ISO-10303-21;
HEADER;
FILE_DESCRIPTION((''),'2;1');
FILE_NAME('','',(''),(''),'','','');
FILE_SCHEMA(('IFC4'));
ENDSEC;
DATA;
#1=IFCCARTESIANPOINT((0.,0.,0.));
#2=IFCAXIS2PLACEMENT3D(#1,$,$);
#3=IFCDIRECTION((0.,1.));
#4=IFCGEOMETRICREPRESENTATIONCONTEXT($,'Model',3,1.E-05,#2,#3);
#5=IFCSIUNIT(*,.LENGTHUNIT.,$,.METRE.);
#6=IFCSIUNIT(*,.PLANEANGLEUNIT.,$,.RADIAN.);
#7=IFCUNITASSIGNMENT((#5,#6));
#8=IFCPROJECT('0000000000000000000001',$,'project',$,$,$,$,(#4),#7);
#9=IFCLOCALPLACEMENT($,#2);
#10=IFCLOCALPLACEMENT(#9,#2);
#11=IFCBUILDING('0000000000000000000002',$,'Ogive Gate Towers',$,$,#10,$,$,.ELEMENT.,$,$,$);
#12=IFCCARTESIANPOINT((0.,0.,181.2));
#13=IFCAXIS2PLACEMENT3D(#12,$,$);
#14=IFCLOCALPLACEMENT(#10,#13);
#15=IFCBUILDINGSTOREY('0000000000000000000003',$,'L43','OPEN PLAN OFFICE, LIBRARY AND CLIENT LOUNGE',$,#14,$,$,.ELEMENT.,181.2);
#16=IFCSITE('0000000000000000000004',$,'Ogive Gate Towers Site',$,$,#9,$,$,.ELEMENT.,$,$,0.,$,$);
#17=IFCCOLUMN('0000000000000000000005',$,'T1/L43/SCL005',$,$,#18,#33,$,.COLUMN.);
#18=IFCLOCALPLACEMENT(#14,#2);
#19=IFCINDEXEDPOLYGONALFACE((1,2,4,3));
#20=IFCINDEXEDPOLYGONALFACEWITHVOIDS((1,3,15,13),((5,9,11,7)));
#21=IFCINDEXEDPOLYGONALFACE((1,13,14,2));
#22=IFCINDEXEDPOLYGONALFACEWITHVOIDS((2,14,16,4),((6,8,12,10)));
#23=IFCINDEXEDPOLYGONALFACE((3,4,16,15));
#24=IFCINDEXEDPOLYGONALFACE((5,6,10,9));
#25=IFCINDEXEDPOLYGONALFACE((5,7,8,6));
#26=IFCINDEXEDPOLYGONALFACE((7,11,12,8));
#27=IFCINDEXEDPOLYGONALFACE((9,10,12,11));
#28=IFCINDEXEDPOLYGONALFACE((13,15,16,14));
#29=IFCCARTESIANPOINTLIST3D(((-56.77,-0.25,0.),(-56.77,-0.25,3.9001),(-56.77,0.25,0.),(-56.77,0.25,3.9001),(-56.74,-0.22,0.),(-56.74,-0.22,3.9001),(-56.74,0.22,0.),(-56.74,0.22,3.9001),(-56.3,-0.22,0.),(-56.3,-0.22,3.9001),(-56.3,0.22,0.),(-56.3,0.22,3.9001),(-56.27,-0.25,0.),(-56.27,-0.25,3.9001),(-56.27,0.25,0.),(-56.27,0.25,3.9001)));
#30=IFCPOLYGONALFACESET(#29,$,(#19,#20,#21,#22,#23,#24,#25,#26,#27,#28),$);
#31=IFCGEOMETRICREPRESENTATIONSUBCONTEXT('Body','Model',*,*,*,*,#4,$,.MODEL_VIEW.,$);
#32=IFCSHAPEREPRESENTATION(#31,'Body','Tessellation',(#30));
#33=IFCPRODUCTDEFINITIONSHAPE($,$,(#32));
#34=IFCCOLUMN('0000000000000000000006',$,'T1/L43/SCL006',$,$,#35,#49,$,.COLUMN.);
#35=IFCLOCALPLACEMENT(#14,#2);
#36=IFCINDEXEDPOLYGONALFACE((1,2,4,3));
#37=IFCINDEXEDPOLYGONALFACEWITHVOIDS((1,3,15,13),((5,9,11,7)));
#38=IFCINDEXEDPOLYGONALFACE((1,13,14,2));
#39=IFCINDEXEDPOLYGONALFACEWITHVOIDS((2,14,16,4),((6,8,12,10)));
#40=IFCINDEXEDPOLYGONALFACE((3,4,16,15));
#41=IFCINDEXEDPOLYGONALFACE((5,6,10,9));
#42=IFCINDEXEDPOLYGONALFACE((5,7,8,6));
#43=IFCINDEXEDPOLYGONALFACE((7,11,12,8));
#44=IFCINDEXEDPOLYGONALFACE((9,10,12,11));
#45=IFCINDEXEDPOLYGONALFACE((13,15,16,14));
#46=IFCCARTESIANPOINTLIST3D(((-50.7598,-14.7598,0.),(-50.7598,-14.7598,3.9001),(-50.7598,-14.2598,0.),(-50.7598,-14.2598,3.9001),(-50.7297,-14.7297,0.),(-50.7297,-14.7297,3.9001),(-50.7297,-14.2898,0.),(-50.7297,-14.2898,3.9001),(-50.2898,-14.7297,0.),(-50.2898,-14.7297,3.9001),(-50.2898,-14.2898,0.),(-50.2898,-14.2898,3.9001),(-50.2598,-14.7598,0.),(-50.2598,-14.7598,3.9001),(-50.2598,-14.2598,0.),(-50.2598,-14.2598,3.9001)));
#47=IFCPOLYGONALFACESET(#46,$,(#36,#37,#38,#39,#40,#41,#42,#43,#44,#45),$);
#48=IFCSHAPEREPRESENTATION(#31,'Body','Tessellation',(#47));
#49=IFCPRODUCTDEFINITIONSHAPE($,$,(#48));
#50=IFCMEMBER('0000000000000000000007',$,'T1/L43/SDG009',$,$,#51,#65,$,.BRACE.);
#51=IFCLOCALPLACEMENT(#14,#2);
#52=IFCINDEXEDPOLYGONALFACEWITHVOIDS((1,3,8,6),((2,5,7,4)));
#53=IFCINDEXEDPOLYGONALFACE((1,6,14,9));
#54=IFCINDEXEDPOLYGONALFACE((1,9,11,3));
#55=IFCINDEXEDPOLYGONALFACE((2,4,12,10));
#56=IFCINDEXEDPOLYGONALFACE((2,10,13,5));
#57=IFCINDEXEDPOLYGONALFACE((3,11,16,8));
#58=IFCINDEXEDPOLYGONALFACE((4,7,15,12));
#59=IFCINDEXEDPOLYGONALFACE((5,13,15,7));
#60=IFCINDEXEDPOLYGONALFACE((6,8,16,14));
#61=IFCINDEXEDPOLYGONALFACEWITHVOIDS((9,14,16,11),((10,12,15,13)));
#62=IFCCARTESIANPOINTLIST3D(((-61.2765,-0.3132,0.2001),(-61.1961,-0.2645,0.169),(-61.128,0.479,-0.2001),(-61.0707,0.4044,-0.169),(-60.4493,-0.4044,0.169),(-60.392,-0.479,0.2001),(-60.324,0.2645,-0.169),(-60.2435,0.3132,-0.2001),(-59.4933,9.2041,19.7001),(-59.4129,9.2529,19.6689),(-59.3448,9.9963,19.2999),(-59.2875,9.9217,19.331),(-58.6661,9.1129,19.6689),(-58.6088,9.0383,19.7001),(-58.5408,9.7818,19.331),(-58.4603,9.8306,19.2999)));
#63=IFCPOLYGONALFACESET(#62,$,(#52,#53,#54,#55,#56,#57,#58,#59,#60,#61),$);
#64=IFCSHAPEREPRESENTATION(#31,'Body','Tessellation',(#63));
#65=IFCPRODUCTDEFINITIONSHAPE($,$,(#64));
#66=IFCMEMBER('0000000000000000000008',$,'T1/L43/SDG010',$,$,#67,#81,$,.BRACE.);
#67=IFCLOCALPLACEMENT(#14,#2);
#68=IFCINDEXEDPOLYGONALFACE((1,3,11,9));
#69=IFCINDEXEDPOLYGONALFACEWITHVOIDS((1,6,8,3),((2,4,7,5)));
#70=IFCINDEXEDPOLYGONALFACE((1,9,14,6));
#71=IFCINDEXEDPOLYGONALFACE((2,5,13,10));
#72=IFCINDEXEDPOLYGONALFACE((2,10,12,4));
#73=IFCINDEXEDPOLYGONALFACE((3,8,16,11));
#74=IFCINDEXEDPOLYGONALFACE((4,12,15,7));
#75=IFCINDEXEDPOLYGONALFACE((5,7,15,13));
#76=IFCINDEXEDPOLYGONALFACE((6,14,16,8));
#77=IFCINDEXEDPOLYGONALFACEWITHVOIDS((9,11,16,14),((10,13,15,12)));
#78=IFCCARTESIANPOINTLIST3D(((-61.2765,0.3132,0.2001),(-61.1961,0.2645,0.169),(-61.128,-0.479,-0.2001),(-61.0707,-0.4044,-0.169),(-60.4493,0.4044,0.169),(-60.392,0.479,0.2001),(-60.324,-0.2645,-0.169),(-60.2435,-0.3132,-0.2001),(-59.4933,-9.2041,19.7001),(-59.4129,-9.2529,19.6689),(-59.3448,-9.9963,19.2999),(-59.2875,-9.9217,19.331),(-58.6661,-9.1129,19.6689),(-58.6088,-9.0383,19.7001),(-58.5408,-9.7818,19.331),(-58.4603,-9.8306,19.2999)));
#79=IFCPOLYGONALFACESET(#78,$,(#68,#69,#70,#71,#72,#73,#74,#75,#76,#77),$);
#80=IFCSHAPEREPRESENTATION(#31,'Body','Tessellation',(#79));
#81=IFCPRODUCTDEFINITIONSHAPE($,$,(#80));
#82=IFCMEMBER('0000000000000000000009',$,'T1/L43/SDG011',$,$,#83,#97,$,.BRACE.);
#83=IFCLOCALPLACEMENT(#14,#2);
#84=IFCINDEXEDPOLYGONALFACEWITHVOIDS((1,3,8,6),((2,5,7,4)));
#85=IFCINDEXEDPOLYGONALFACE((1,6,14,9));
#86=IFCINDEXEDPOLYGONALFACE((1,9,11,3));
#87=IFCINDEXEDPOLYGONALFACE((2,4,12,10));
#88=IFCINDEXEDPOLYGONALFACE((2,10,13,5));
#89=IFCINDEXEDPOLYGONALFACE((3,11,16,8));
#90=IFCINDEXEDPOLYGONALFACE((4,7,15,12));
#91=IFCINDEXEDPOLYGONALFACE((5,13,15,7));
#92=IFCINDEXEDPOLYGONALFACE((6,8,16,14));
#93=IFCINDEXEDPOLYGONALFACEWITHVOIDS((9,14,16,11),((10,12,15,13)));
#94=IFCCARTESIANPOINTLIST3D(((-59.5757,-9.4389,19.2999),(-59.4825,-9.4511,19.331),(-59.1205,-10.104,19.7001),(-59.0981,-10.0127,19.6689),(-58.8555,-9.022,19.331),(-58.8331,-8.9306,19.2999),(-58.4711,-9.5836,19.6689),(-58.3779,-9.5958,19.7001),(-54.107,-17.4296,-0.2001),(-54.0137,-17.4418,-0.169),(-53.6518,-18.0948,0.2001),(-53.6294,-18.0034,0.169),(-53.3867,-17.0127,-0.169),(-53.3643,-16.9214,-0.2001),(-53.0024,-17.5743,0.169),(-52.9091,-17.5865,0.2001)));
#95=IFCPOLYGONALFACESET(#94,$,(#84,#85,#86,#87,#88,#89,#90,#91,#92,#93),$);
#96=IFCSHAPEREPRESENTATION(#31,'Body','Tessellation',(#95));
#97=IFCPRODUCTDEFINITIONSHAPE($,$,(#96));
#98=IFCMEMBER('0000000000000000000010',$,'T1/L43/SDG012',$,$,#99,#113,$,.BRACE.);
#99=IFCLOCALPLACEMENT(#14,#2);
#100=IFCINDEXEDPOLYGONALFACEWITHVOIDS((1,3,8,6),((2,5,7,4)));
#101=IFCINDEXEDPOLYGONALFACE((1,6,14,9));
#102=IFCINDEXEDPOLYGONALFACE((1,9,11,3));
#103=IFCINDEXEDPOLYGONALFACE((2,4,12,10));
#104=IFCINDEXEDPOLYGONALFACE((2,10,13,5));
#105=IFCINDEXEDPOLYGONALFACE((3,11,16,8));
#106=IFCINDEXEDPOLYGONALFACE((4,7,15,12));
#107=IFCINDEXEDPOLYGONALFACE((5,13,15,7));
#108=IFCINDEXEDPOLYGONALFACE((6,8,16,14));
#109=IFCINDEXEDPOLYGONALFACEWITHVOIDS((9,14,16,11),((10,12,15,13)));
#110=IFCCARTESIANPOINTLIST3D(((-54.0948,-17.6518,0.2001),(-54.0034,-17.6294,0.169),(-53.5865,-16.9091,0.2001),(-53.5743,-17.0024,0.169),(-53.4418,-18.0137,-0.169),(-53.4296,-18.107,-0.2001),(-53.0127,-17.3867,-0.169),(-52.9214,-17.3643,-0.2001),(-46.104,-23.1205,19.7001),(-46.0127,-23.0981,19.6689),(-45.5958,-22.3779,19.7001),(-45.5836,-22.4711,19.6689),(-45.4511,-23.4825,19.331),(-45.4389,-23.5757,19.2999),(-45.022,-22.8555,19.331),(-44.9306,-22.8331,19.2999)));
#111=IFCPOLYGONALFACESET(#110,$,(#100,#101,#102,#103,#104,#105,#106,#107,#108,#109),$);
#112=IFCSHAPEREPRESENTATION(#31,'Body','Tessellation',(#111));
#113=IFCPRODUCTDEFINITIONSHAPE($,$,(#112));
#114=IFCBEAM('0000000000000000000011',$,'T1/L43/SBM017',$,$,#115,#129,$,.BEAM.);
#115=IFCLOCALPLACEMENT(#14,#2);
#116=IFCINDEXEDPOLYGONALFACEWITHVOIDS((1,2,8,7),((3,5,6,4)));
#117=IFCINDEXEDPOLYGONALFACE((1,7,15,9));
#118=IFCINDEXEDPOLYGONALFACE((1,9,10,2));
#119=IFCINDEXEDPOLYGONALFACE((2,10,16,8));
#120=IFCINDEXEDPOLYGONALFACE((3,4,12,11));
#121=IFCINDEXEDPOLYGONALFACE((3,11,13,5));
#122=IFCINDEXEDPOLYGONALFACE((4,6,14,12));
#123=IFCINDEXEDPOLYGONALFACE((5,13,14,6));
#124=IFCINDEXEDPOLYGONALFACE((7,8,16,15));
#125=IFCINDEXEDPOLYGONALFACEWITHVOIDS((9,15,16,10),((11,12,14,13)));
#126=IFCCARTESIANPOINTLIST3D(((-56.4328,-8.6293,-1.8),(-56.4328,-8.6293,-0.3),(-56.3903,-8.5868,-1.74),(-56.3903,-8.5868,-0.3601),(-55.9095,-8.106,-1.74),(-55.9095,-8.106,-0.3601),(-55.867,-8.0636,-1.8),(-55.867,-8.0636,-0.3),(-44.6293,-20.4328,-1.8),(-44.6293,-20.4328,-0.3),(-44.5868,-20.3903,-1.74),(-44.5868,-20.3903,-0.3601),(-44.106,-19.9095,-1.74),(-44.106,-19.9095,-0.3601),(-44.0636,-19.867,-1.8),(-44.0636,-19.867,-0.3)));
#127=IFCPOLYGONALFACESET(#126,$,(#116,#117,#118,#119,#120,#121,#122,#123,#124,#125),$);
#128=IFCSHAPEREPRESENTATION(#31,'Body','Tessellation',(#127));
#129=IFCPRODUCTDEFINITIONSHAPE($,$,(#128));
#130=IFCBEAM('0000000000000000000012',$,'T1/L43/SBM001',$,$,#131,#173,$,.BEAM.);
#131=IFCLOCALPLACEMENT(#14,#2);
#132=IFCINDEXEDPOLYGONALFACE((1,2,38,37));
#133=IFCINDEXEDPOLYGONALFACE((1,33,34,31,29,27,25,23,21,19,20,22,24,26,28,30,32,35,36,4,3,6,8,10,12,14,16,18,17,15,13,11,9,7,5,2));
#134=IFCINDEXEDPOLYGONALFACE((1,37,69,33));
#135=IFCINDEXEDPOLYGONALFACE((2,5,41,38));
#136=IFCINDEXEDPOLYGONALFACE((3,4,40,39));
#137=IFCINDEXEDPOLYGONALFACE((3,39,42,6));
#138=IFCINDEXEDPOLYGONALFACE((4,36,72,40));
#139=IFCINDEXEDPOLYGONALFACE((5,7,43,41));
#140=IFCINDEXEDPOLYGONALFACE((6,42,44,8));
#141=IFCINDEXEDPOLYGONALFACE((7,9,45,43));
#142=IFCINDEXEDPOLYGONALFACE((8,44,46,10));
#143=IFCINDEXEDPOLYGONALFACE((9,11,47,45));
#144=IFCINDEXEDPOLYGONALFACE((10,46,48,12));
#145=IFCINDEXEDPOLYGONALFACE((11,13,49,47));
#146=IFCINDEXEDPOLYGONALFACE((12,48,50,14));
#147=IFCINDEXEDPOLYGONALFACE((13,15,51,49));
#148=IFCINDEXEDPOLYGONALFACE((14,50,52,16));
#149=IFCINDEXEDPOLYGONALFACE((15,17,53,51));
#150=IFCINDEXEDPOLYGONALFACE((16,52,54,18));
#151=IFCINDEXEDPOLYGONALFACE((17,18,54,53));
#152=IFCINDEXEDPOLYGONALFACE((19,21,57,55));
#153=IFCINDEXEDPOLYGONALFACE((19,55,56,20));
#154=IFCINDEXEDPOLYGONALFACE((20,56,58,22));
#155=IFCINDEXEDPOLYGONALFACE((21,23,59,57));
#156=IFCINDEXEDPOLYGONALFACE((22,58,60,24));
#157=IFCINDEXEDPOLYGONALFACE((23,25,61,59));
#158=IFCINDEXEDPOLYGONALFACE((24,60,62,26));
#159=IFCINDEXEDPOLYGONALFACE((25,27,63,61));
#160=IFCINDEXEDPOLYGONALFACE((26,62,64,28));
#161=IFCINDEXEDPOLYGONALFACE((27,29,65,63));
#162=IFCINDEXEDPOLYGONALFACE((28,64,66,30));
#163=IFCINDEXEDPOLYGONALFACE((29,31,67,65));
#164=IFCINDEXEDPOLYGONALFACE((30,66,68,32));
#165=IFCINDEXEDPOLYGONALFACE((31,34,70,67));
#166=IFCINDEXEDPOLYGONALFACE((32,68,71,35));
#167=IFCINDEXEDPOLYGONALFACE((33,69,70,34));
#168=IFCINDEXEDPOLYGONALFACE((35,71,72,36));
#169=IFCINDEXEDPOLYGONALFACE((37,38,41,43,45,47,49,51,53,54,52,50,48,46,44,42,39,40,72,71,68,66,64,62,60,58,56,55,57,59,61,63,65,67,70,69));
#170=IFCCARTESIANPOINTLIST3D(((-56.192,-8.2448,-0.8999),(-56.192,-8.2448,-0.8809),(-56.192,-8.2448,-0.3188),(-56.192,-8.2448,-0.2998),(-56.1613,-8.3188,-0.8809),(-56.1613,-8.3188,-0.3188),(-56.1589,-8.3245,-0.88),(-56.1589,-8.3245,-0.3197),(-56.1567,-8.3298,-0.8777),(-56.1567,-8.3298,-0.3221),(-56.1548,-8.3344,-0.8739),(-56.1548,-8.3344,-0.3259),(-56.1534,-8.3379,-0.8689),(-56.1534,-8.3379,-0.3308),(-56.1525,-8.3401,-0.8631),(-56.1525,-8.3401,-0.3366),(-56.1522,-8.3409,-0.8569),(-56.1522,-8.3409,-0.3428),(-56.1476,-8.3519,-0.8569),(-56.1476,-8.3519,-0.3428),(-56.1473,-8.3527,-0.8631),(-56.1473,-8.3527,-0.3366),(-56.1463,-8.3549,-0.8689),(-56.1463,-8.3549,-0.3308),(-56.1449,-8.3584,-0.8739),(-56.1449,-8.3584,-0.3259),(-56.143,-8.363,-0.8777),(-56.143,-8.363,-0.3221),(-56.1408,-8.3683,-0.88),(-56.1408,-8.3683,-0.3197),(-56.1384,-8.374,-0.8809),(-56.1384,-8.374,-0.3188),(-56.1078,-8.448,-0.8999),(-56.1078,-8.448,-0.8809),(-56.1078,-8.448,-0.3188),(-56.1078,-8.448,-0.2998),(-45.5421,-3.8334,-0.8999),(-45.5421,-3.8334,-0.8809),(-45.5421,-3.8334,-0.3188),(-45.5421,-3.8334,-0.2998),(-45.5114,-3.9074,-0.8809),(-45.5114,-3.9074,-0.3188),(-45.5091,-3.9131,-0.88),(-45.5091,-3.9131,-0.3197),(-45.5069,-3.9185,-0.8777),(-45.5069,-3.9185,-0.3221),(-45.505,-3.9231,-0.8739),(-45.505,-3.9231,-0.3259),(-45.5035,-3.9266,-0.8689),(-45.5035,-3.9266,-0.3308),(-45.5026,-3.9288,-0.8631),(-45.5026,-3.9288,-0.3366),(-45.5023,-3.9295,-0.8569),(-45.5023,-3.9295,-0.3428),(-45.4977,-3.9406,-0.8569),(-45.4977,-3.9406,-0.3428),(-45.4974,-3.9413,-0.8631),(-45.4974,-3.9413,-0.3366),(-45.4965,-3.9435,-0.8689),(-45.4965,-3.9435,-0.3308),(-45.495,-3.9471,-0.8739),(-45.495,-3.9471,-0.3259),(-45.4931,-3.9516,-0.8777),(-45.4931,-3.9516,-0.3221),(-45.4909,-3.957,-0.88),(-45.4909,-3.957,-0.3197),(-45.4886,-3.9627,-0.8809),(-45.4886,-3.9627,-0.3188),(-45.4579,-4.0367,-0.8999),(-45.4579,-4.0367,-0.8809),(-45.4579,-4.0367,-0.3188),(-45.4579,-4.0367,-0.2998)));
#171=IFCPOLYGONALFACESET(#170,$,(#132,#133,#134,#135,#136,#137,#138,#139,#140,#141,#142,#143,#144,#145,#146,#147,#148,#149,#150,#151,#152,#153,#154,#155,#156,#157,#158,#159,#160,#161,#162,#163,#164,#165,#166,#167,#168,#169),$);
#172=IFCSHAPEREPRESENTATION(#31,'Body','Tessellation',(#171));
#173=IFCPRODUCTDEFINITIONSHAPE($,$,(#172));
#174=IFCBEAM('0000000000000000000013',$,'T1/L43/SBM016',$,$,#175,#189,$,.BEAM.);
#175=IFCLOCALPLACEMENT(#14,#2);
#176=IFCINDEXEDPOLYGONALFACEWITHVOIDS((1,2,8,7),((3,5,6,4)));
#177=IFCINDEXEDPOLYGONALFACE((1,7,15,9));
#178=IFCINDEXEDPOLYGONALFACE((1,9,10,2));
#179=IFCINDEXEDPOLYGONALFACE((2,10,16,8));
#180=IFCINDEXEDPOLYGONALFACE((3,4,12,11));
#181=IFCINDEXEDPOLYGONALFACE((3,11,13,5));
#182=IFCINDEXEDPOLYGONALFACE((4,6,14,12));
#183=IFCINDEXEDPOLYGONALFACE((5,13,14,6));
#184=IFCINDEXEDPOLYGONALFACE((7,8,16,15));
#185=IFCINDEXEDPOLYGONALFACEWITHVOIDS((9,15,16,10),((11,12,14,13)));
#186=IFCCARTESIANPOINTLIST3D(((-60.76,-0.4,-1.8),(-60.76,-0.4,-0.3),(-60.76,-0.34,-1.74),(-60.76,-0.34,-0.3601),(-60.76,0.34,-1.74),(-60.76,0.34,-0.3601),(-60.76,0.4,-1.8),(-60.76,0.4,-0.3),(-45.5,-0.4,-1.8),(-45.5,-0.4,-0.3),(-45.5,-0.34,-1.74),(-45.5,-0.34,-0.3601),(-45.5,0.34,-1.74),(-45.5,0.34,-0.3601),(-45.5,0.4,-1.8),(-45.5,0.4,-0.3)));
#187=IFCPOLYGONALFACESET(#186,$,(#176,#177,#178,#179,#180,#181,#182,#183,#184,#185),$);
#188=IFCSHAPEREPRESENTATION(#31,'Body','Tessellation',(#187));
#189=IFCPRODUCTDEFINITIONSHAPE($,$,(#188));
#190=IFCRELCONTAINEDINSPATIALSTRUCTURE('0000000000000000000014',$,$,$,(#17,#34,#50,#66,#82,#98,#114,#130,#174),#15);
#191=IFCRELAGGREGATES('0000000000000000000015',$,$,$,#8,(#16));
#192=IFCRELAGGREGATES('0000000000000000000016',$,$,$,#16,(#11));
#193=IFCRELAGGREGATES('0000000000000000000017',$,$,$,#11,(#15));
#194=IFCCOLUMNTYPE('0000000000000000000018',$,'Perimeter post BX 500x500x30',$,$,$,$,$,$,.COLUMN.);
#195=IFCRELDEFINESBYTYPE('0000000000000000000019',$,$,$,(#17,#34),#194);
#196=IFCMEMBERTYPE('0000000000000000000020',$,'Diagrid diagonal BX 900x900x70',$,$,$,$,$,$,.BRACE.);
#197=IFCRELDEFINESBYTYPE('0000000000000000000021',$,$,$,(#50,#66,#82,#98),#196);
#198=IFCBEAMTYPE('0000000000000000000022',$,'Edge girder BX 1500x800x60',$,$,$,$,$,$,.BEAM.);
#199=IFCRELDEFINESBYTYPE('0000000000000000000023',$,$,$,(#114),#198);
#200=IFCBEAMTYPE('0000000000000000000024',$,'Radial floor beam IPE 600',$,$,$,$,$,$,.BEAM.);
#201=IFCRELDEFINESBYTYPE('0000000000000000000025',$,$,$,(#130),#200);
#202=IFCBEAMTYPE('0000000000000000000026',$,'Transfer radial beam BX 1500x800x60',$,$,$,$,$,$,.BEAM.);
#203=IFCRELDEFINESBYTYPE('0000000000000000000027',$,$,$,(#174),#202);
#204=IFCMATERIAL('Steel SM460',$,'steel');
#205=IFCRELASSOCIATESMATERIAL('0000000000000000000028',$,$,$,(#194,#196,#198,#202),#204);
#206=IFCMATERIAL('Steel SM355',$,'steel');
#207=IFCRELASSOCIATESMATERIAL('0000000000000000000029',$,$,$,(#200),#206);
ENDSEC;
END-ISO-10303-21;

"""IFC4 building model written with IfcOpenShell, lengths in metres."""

from ifc_helpers import new_model, si_unit, direction, frame, origin, origin_2d, place, context, subcontext, project, spatial, hollow_rectangle, i_section, extrude, material, material_profile, profile_set, type_object, element, save


model = new_model("IFC4")

# Units and contexts
model_context = context("Model", 3, precision=1e-05, world=origin(), true_north=direction((0.0, 1.0)))
body_context = subcontext(model_context, "Body", "Model", "MODEL_VIEW")
ifc_project = project(units=[si_unit("LENGTHUNIT", "METRE"), si_unit("PLANEANGLEUNIT", "RADIAN")], contexts=[model_context])

# Site, building, storey
site_placement = place(None, origin())
site = spatial("IfcSite", under=ifc_project, at=site_placement, Name="Ogive Gate Towers Site", CompositionType="ELEMENT", RefElevation=0.0)
building_placement = place(site_placement, origin())
building = spatial("IfcBuilding", under=site, at=building_placement, Name="Ogive Gate Towers", CompositionType="ELEMENT")
storey_placement = place(building_placement, frame((0.0, 0.0, 181.2)))
storey = spatial("IfcBuildingStorey", under=building, at=storey_placement, Name="L43", Description="OPEN PLAN OFFICE, LIBRARY AND CLIENT LOUNGE", CompositionType="ELEMENT", Elevation=181.2)

# Columns
ifc_material_1 = material(Name="Steel SM460", Category="steel")
ifc_material_profile_1 = material_profile(ifc_material_1, hollow_rectangle(XDim=0.5, YDim=0.5, WallThickness=0.03, at=origin_2d()), Name="BX 500x500x30")
ifc_profile_set_1 = profile_set([ifc_material_profile_1], Name="Steel SM460")
column_type = type_object("IfcColumnType", Name="Perimeter post BX 500x500x30", PredefinedType="COLUMN", material=ifc_profile_set_1)
for number, where, z_axis, x_axis, name in (
    (1, (-56.52, 0.0, 0.0), (0.0, 0.0, 1.0), (1.0, 0.0, 0.0), "T1/L43/SCL005"),
    (2, (-50.5098, -14.5098, 0.0), (0.0, 0.0, 1.0), (1.0, 0.0, 0.0), "T1/L43/SCL006"),
):
    element("IfcColumn", number, at=place(storey_placement, frame(where, z_axis=z_axis, x_axis=x_axis)), inside=storey, type_object=column_type, Name=name, PredefinedType="COLUMN", context=body_context, shape_type="SweptSolid", body=[
        extrude(hollow_rectangle(XDim=0.5, YDim=0.5, WallThickness=0.03, at=origin_2d()), origin(), (0.0, 0.0, 1.0), 3.9001),
    ])

# Members
ifc_material_profile_2 = material_profile(ifc_material_1, hollow_rectangle(XDim=0.8999, YDim=0.8999, WallThickness=0.0701, at=origin_2d()), Name="BX 900x900x70")
ifc_profile_set_2 = profile_set([ifc_material_profile_2], Name="Steel SM460")
member_type = type_object("IfcMemberType", Name="Diagrid diagonal BX 900x900x70", PredefinedType="BRACE", material=ifc_profile_set_2)
for number, where, z_axis, x_axis, name in (
    (3, (-60.76, 0.0, 0.0), (0.081904, 0.437141, 0.895656), (-0.982896, 0.184159, 0.0), "T1/L43/SDG009"),
    (4, (-60.76, 0.0, 0.0), (0.081904, -0.437141, 0.895656), (0.982896, 0.184159, 0.0), "T1/L43/SDG010"),
    (5, (-53.5081, -17.5081, 0.0), (-0.251186, 0.367023, 0.895656), (-0.825239, -0.564783, 0.0), "T1/L43/SDG011"),
    (6, (-53.5081, -17.5081, 0.0), (0.367023, -0.251186, 0.895656), (0.564783, 0.825239, 0.0), "T1/L43/SDG012"),
):
    element("IfcMember", number, at=place(storey_placement, frame(where, z_axis=z_axis, x_axis=x_axis)), inside=storey, type_object=member_type, Name=name, PredefinedType="BRACE", context=body_context, shape_type="SweptSolid", body=[
        extrude(hollow_rectangle(XDim=0.8999, YDim=0.8999, WallThickness=0.0701, at=origin_2d()), origin(), (0.0, 0.0, 1.0), 21.7717),
    ])

# Beams
ifc_material_profile_3 = material_profile(ifc_material_1, hollow_rectangle(XDim=0.8, YDim=1.5, WallThickness=0.0601, at=origin_2d()), Name="BX 1500x800x60")
ifc_profile_set_3 = profile_set([ifc_material_profile_3], Name="Steel SM460")
beam_type_1 = type_object("IfcBeamType", Name="Edge girder BX 1500x800x60", PredefinedType="BEAM", material=ifc_profile_set_3)
beam_1_placement = place(storey_placement, frame((-56.1499, -8.3464, -1.05), z_axis=(0.707107, -0.707107, 0.0), x_axis=(0.707107, 0.707107, 0.0)))
element("IfcBeam", 7, at=beam_1_placement, inside=storey, type_object=beam_type_1, Name="T1/L43/SBM017", PredefinedType="BEAM", context=body_context, shape_type="SweptSolid", body=[
    extrude(hollow_rectangle(XDim=0.8, YDim=1.5, WallThickness=0.0601, at=origin_2d()), origin(), (0.0, 0.0, 1.0), 16.6926),
])
ifc_material_2 = material(Name="Steel SM355", Category="steel")
ifc_material_profile_4 = material_profile(ifc_material_2, i_section(OverallWidth=0.22, OverallDepth=0.6001, WebThickness=0.012, FlangeThickness=0.019, FilletRadius=0.0239, at=origin_2d()), Name="IPE 600")
ifc_profile_set_4 = profile_set([ifc_material_profile_4], Name="Steel SM355")
beam_type_2 = type_object("IfcBeamType", Name="Radial floor beam IPE 600", PredefinedType="BEAM", material=ifc_profile_set_4)
beam_2_placement = place(storey_placement, frame((-45.5, -3.9351, -0.5999), z_axis=(-0.923878, -0.382687, 0.0), x_axis=(0.382687, -0.923878, 0.0)))
element("IfcBeam", 8, at=beam_2_placement, inside=storey, type_object=beam_type_2, Name="T1/L43/SBM001", PredefinedType="BEAM", context=body_context, shape_type="SweptSolid", body=[
    extrude(i_section(OverallWidth=0.22, OverallDepth=0.6001, WebThickness=0.012, FlangeThickness=0.019, FilletRadius=0.0239, at=origin_2d()), origin(), (0.0, 0.0, 1.0), 11.5273),
])
ifc_material_profile_5 = material_profile(ifc_material_1, hollow_rectangle(XDim=0.8, YDim=1.5, WallThickness=0.0601, at=origin_2d()), Name="BX 1500x800x60")
ifc_profile_set_5 = profile_set([ifc_material_profile_5], Name="Steel SM460")
beam_type_3 = type_object("IfcBeamType", Name="Transfer radial beam BX 1500x800x60", PredefinedType="BEAM", material=ifc_profile_set_5)
beam_3_placement = place(storey_placement, frame((-45.5, 0.0, -1.05), z_axis=(-1.0, 0.0, 0.0), x_axis=(0.0, -1.0, 0.0)))
element("IfcBeam", 9, at=beam_3_placement, inside=storey, type_object=beam_type_3, Name="T1/L43/SBM016", PredefinedType="BEAM", context=body_context, shape_type="SweptSolid", body=[
    extrude(hollow_rectangle(XDim=0.8, YDim=1.5, WallThickness=0.0601, at=origin_2d()), origin(), (0.0, 0.0, 1.0), 15.26),
])

save(model, "model.ifc")
